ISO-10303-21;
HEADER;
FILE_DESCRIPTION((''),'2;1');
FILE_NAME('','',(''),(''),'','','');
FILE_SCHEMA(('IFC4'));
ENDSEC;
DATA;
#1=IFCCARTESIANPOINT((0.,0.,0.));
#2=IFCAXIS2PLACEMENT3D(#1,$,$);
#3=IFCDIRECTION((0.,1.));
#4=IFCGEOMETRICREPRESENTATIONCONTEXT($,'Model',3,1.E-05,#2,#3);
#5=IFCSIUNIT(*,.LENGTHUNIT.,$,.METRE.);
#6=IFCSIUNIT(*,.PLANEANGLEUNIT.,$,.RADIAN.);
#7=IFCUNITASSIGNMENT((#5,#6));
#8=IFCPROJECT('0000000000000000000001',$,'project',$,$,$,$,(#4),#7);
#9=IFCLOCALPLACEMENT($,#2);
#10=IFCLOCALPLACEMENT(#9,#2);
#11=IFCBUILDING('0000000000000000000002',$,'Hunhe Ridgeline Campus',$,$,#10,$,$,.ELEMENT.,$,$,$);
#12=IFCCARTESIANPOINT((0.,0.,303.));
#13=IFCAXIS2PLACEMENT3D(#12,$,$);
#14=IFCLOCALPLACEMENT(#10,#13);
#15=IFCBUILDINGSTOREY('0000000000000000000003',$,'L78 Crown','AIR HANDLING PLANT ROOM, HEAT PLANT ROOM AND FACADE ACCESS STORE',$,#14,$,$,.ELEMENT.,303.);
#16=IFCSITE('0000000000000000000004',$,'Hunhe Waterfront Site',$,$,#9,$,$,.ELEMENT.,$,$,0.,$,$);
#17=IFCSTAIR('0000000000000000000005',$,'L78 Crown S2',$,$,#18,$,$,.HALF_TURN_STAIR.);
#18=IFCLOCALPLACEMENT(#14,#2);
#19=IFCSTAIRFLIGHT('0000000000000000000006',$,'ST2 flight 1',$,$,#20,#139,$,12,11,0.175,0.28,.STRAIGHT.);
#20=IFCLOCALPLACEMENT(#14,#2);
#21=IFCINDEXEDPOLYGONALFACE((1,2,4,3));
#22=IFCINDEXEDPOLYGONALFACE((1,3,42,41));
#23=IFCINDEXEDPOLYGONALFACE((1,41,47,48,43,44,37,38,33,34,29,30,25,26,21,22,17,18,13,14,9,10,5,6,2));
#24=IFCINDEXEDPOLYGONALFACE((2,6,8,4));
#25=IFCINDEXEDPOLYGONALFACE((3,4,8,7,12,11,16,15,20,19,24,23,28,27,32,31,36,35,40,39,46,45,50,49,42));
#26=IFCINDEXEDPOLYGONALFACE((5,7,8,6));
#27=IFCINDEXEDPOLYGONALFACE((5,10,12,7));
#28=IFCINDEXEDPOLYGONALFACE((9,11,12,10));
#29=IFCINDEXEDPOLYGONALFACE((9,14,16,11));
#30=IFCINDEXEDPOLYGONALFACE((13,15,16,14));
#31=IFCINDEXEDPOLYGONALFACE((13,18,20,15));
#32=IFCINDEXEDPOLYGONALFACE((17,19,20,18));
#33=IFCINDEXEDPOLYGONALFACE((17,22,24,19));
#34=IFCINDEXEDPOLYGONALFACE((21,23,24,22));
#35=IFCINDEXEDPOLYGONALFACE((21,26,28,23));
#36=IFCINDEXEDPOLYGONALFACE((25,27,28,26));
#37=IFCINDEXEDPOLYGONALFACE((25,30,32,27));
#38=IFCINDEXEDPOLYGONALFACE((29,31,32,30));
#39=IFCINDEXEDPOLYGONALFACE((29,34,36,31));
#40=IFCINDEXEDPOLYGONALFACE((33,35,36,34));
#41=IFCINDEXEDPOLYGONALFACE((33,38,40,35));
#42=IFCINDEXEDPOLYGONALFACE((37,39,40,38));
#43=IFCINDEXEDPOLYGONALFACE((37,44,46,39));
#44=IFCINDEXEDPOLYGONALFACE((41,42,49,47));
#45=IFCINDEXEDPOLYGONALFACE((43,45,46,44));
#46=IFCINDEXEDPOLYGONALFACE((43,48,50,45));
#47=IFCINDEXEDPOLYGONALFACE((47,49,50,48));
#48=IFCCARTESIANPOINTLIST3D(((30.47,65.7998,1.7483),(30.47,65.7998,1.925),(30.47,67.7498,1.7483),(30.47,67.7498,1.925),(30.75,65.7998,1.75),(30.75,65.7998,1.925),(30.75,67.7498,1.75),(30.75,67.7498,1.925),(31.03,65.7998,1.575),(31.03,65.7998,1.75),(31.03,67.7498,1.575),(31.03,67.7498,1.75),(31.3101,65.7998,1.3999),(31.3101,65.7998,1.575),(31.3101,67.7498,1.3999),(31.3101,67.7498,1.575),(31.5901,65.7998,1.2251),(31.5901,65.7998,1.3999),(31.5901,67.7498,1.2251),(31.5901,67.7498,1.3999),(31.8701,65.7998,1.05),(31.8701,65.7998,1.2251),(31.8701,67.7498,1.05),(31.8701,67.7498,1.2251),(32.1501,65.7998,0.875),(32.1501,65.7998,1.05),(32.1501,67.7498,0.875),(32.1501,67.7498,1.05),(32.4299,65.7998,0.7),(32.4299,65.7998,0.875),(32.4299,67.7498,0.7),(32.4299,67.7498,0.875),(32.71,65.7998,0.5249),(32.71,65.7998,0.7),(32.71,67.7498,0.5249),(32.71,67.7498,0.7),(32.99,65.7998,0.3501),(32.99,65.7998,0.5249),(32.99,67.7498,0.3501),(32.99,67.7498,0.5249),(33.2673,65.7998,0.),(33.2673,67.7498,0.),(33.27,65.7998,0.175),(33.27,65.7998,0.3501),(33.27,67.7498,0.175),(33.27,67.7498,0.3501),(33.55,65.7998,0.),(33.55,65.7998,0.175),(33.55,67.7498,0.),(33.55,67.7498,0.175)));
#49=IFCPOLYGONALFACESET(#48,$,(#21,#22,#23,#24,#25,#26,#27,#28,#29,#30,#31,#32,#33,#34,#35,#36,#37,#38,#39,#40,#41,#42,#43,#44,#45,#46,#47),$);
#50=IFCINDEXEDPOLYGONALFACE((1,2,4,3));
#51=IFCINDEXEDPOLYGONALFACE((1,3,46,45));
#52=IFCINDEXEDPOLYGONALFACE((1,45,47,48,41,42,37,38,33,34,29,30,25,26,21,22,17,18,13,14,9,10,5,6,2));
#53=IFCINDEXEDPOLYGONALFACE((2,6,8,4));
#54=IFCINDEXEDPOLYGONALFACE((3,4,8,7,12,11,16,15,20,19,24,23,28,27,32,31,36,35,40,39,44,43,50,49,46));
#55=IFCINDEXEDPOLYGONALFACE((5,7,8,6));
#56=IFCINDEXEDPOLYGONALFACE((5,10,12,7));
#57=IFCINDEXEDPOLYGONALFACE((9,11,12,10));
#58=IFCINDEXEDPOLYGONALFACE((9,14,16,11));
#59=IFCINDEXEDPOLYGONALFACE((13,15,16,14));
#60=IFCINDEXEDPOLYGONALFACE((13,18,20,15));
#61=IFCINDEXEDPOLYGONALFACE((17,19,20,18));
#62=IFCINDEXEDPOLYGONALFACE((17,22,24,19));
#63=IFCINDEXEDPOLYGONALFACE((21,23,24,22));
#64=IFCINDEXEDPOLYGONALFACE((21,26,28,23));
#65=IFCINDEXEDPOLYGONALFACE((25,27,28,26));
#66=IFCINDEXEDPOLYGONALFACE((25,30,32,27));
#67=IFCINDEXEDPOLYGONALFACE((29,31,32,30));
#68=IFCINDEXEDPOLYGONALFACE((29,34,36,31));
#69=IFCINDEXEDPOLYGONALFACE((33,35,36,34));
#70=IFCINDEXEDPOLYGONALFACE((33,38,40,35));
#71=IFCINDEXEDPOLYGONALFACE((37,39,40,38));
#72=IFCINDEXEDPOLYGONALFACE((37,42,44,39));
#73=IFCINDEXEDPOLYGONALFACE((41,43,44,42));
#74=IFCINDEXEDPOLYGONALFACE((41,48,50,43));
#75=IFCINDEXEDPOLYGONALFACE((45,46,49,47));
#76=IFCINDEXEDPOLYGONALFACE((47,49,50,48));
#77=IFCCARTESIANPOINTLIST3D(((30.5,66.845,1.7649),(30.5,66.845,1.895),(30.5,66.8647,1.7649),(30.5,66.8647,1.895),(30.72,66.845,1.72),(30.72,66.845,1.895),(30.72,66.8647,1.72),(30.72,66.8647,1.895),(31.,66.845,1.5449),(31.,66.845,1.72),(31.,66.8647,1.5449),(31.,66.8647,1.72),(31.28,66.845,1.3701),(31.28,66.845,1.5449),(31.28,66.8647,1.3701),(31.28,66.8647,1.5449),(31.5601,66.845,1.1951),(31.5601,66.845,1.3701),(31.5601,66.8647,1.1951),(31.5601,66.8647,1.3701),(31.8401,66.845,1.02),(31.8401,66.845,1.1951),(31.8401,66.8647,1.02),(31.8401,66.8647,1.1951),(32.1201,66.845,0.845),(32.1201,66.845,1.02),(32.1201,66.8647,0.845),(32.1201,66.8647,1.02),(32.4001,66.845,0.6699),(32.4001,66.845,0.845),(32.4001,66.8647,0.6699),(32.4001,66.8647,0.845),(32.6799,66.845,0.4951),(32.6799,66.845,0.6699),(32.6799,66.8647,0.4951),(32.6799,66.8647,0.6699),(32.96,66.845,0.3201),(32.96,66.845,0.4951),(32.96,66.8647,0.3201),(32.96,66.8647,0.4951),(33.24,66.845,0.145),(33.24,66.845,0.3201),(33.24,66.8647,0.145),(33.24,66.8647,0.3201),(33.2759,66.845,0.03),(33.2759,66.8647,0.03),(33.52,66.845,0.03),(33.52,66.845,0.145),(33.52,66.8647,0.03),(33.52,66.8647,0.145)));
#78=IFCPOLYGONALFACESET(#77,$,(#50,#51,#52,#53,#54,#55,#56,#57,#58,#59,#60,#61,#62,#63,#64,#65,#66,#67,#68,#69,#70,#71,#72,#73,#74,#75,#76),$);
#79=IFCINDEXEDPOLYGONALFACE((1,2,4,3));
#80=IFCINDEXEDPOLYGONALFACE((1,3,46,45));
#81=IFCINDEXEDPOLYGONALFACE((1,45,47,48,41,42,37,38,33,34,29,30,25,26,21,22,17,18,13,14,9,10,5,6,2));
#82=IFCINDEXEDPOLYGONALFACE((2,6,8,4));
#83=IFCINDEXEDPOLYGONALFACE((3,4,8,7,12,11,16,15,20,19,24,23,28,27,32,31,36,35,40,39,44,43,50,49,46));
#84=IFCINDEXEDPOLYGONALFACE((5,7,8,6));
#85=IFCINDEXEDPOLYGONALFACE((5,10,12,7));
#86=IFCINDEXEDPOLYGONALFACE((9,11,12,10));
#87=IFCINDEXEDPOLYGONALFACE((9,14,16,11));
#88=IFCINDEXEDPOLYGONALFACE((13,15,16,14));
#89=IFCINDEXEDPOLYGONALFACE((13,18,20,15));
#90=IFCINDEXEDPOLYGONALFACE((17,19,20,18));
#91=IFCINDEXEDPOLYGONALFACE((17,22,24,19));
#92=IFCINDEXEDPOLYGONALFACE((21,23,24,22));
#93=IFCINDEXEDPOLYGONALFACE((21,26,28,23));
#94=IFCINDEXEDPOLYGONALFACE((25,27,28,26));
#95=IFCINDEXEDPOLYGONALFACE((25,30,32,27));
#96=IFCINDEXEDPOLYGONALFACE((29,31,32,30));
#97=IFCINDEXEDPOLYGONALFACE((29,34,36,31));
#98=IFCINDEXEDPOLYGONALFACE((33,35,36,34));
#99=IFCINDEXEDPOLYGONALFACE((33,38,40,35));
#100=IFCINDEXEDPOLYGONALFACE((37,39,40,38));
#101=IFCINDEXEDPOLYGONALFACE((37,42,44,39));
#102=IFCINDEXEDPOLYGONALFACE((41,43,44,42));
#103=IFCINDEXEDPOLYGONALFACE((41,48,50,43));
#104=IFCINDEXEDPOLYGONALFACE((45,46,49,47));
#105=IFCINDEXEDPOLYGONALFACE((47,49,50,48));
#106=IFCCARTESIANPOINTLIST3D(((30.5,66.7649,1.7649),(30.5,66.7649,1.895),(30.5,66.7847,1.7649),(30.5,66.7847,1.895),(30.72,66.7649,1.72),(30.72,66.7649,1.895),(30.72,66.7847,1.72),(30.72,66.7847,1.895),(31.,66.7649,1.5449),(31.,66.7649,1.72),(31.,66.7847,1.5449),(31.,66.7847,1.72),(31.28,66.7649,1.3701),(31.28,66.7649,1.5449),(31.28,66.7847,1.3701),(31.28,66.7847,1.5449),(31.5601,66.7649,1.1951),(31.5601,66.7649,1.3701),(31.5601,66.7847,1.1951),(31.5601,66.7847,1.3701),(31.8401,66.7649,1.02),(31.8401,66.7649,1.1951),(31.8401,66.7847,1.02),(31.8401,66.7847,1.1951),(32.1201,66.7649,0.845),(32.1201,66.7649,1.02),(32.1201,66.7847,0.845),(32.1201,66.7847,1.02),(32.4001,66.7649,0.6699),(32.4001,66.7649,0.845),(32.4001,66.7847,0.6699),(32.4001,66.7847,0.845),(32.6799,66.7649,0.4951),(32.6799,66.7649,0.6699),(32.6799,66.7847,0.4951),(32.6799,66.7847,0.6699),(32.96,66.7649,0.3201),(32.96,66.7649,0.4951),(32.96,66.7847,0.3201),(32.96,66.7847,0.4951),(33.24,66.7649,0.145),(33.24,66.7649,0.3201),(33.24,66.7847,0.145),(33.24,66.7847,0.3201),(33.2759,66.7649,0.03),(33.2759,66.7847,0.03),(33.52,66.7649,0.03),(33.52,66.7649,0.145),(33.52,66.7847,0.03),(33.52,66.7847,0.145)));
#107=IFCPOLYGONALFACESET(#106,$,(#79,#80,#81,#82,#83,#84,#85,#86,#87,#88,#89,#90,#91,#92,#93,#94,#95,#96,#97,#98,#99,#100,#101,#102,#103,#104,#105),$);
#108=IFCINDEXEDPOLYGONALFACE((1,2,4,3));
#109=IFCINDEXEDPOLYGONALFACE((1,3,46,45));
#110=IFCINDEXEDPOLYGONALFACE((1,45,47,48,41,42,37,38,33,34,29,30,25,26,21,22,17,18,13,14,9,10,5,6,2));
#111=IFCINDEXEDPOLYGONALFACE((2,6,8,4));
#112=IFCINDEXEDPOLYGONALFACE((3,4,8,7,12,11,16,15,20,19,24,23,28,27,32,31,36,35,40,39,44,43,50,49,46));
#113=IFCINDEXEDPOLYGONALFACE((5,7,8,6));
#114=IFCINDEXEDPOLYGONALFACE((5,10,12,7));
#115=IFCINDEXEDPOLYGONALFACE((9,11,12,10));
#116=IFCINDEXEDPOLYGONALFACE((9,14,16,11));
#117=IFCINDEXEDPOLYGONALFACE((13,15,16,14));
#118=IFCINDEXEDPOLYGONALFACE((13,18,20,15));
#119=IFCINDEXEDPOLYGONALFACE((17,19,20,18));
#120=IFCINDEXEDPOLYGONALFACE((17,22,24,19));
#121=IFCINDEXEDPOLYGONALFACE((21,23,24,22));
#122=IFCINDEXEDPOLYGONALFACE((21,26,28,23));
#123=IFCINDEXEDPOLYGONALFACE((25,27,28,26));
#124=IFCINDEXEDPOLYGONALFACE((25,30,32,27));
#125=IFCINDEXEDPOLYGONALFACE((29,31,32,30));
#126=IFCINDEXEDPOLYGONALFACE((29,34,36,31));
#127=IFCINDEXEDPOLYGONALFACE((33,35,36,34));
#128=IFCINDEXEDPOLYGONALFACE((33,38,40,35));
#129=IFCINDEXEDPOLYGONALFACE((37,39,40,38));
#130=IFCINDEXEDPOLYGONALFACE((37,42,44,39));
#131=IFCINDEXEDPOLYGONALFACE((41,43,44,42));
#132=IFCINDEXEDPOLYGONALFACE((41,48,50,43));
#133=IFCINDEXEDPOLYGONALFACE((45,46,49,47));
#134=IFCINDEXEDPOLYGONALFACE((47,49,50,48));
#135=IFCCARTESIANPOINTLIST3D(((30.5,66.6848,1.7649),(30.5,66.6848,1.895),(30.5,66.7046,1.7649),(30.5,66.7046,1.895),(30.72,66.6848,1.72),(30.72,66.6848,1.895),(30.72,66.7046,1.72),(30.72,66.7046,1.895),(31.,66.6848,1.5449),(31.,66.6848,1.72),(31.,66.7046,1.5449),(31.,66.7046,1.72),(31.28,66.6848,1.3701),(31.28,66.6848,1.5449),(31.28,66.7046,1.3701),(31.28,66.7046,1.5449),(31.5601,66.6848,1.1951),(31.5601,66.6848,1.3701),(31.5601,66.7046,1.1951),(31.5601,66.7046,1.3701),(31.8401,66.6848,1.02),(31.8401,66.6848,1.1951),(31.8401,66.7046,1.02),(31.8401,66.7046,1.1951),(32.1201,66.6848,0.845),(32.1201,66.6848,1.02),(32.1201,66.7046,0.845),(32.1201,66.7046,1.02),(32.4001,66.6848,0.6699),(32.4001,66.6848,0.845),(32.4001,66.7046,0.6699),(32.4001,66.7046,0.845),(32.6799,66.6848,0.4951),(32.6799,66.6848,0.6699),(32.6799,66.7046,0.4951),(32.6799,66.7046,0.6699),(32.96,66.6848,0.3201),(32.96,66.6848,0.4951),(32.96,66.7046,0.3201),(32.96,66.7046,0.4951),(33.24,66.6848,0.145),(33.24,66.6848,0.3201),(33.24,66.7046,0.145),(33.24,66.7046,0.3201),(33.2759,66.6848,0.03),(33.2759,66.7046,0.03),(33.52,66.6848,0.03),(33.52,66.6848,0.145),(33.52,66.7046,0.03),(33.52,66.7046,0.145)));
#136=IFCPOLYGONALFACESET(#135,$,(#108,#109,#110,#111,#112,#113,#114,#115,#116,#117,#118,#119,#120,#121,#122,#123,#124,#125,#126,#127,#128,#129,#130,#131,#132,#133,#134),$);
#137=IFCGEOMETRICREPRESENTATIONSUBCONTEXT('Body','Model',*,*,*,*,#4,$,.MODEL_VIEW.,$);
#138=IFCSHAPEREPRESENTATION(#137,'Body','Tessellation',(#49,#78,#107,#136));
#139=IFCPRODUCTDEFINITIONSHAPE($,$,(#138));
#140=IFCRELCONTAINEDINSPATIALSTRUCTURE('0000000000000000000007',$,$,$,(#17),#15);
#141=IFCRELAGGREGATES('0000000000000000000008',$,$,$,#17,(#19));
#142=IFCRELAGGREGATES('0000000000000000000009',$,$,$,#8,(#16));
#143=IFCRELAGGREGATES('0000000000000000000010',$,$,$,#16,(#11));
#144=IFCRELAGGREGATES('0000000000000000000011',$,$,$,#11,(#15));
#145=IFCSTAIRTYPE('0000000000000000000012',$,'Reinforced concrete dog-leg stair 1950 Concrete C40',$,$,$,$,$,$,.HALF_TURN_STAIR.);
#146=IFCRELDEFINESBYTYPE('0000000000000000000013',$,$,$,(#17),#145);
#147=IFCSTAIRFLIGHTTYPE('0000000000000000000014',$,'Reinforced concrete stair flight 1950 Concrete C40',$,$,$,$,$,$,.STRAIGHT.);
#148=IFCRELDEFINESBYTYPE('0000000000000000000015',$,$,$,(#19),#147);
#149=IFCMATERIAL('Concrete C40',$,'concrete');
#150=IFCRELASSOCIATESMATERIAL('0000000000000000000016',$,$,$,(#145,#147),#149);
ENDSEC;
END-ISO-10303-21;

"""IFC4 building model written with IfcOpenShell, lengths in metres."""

from ifc_helpers import new_model, si_unit, direction, frame, origin, place, context, subcontext, project, spatial, polyline, outline, extrude, material, type_object, element, aggregate, save


model = new_model("IFC4")

# Units and contexts
model_context = context("Model", 3, precision=1e-05, world=origin(), true_north=direction((0.0, 1.0)))
body_context = subcontext(model_context, "Body", "Model", "MODEL_VIEW")
ifc_project = project(units=[si_unit("LENGTHUNIT", "METRE"), si_unit("PLANEANGLEUNIT", "RADIAN")], contexts=[model_context])

# Site, building, storey
site_placement = place(None, origin())
site = spatial("IfcSite", under=ifc_project, at=site_placement, Name="Hunhe Waterfront Site", CompositionType="ELEMENT", RefElevation=0.0)
building_placement = place(site_placement, origin())
building = spatial("IfcBuilding", under=site, at=building_placement, Name="Hunhe Ridgeline Campus", CompositionType="ELEMENT")
storey_placement = place(building_placement, frame((0.0, 0.0, 303.0)))
storey = spatial("IfcBuildingStorey", under=building, at=storey_placement, Name="L78 Crown", Description="AIR HANDLING PLANT ROOM, HEAT PLANT ROOM AND FACADE ACCESS STORE", CompositionType="ELEMENT", Elevation=303.0)

# Stair, stair flight
ifc_material_1 = material(Name="Concrete C40", Category="concrete")
stair_type = type_object("IfcStairType", Name="Reinforced concrete dog-leg stair 1950 Concrete C40", PredefinedType="HALF_TURN_STAIR", material=ifc_material_1)
stair_placement = place(storey_placement, origin())
stair = element("IfcStair", 1, at=stair_placement, inside=storey, type_object=stair_type, Name="L78 Crown S2", PredefinedType="HALF_TURN_STAIR")
stair_flight_type = type_object("IfcStairFlightType", Name="Reinforced concrete stair flight 1950 Concrete C40", PredefinedType="STRAIGHT", material=ifc_material_1)
stair_flight_placement = place(storey_placement, frame((33.55, 66.7749, 0.0), z_axis=(0.0, 0.0, 1.0), x_axis=(-1.0, 0.0, 0.0)))
stair_flight = element("IfcStairFlight", 2, at=stair_flight_placement, type_object=stair_flight_type, Name="ST2 flight 1", NumberOfRisers=12, NumberOfTreads=11, PredefinedType="STRAIGHT", RiserHeight=0.175, TreadLength=0.28, context=body_context, shape_type="SweptSolid", body=[
    extrude(outline(polyline([(0.0, 0.0), (0.0, 0.175), (0.28, 0.175), (0.28, 0.3501), (0.5601, 0.3501), (0.5601, 0.5249), (0.8401, 0.5249), (0.8401, 0.7), (1.1201, 0.7), (1.1201, 0.875), (1.3999, 0.875), (1.3999, 1.05), (1.6799, 1.05), (1.6799, 1.2251), (1.96, 1.2251), (1.96, 1.3999), (2.24, 1.3999), (2.24, 1.575), (2.52, 1.575), (2.52, 1.75), (2.8, 1.75), (2.8, 1.925), (3.0801, 1.925), (3.0801, 2.1001), (3.0801, 1.7483), (0.2827, 0.0), (0.0, 0.0)])), frame((0.0, 0.9751, 0.0), z_axis=(0.0, -1.0, 0.0), x_axis=(1.0, 0.0, 0.0)), (0.0, 0.0, 1.0), 1.95),
    extrude(outline(polyline([(0.03, 0.03), (0.03, 0.145), (0.3101, 0.145), (0.3101, 0.3201), (0.5901, 0.3201), (0.5901, 0.4951), (0.8701, 0.4951), (0.8701, 0.6699), (1.1499, 0.6699), (1.1499, 0.845), (1.4299, 0.845), (1.4299, 1.02), (1.71, 1.02), (1.71, 1.1951), (1.99, 1.1951), (1.99, 1.3701), (2.27, 1.3701), (2.27, 1.5449), (2.55, 1.5449), (2.55, 1.72), (2.8301, 1.72), (2.8301, 1.895), (3.05, 1.895), (3.05, 1.7649), (0.2742, 0.03), (0.03, 0.03)])), frame((0.0, -0.0701, 0.0), z_axis=(0.0, -1.0, 0.0), x_axis=(1.0, 0.0, 0.0)), (0.0, 0.0, 1.0), 0.0198),
    extrude(outline(polyline([(0.03, 0.03), (0.03, 0.145), (0.3101, 0.145), (0.3101, 0.3201), (0.5901, 0.3201), (0.5901, 0.4951), (0.8701, 0.4951), (0.8701, 0.6699), (1.1499, 0.6699), (1.1499, 0.845), (1.4299, 0.845), (1.4299, 1.02), (1.71, 1.02), (1.71, 1.1951), (1.99, 1.1951), (1.99, 1.3701), (2.27, 1.3701), (2.27, 1.5449), (2.55, 1.5449), (2.55, 1.72), (2.8301, 1.72), (2.8301, 1.895), (3.05, 1.895), (3.05, 1.7649), (0.2742, 0.03), (0.03, 0.03)])), frame((0.0, 0.01, 0.0), z_axis=(0.0, -1.0, 0.0), x_axis=(1.0, 0.0, 0.0)), (0.0, 0.0, 1.0), 0.0198),
    extrude(outline(polyline([(0.03, 0.03), (0.03, 0.145), (0.3101, 0.145), (0.3101, 0.3201), (0.5901, 0.3201), (0.5901, 0.4951), (0.8701, 0.4951), (0.8701, 0.6699), (1.1499, 0.6699), (1.1499, 0.845), (1.4299, 0.845), (1.4299, 1.02), (1.71, 1.02), (1.71, 1.1951), (1.99, 1.1951), (1.99, 1.3701), (2.27, 1.3701), (2.27, 1.5449), (2.55, 1.5449), (2.55, 1.72), (2.8301, 1.72), (2.8301, 1.895), (3.05, 1.895), (3.05, 1.7649), (0.2742, 0.03), (0.03, 0.03)])), frame((0.0, 0.0901, 0.0), z_axis=(0.0, -1.0, 0.0), x_axis=(1.0, 0.0, 0.0)), (0.0, 0.0, 1.0), 0.0198),
])
aggregate(stair, [stair_flight])

save(model, "model.ifc")
